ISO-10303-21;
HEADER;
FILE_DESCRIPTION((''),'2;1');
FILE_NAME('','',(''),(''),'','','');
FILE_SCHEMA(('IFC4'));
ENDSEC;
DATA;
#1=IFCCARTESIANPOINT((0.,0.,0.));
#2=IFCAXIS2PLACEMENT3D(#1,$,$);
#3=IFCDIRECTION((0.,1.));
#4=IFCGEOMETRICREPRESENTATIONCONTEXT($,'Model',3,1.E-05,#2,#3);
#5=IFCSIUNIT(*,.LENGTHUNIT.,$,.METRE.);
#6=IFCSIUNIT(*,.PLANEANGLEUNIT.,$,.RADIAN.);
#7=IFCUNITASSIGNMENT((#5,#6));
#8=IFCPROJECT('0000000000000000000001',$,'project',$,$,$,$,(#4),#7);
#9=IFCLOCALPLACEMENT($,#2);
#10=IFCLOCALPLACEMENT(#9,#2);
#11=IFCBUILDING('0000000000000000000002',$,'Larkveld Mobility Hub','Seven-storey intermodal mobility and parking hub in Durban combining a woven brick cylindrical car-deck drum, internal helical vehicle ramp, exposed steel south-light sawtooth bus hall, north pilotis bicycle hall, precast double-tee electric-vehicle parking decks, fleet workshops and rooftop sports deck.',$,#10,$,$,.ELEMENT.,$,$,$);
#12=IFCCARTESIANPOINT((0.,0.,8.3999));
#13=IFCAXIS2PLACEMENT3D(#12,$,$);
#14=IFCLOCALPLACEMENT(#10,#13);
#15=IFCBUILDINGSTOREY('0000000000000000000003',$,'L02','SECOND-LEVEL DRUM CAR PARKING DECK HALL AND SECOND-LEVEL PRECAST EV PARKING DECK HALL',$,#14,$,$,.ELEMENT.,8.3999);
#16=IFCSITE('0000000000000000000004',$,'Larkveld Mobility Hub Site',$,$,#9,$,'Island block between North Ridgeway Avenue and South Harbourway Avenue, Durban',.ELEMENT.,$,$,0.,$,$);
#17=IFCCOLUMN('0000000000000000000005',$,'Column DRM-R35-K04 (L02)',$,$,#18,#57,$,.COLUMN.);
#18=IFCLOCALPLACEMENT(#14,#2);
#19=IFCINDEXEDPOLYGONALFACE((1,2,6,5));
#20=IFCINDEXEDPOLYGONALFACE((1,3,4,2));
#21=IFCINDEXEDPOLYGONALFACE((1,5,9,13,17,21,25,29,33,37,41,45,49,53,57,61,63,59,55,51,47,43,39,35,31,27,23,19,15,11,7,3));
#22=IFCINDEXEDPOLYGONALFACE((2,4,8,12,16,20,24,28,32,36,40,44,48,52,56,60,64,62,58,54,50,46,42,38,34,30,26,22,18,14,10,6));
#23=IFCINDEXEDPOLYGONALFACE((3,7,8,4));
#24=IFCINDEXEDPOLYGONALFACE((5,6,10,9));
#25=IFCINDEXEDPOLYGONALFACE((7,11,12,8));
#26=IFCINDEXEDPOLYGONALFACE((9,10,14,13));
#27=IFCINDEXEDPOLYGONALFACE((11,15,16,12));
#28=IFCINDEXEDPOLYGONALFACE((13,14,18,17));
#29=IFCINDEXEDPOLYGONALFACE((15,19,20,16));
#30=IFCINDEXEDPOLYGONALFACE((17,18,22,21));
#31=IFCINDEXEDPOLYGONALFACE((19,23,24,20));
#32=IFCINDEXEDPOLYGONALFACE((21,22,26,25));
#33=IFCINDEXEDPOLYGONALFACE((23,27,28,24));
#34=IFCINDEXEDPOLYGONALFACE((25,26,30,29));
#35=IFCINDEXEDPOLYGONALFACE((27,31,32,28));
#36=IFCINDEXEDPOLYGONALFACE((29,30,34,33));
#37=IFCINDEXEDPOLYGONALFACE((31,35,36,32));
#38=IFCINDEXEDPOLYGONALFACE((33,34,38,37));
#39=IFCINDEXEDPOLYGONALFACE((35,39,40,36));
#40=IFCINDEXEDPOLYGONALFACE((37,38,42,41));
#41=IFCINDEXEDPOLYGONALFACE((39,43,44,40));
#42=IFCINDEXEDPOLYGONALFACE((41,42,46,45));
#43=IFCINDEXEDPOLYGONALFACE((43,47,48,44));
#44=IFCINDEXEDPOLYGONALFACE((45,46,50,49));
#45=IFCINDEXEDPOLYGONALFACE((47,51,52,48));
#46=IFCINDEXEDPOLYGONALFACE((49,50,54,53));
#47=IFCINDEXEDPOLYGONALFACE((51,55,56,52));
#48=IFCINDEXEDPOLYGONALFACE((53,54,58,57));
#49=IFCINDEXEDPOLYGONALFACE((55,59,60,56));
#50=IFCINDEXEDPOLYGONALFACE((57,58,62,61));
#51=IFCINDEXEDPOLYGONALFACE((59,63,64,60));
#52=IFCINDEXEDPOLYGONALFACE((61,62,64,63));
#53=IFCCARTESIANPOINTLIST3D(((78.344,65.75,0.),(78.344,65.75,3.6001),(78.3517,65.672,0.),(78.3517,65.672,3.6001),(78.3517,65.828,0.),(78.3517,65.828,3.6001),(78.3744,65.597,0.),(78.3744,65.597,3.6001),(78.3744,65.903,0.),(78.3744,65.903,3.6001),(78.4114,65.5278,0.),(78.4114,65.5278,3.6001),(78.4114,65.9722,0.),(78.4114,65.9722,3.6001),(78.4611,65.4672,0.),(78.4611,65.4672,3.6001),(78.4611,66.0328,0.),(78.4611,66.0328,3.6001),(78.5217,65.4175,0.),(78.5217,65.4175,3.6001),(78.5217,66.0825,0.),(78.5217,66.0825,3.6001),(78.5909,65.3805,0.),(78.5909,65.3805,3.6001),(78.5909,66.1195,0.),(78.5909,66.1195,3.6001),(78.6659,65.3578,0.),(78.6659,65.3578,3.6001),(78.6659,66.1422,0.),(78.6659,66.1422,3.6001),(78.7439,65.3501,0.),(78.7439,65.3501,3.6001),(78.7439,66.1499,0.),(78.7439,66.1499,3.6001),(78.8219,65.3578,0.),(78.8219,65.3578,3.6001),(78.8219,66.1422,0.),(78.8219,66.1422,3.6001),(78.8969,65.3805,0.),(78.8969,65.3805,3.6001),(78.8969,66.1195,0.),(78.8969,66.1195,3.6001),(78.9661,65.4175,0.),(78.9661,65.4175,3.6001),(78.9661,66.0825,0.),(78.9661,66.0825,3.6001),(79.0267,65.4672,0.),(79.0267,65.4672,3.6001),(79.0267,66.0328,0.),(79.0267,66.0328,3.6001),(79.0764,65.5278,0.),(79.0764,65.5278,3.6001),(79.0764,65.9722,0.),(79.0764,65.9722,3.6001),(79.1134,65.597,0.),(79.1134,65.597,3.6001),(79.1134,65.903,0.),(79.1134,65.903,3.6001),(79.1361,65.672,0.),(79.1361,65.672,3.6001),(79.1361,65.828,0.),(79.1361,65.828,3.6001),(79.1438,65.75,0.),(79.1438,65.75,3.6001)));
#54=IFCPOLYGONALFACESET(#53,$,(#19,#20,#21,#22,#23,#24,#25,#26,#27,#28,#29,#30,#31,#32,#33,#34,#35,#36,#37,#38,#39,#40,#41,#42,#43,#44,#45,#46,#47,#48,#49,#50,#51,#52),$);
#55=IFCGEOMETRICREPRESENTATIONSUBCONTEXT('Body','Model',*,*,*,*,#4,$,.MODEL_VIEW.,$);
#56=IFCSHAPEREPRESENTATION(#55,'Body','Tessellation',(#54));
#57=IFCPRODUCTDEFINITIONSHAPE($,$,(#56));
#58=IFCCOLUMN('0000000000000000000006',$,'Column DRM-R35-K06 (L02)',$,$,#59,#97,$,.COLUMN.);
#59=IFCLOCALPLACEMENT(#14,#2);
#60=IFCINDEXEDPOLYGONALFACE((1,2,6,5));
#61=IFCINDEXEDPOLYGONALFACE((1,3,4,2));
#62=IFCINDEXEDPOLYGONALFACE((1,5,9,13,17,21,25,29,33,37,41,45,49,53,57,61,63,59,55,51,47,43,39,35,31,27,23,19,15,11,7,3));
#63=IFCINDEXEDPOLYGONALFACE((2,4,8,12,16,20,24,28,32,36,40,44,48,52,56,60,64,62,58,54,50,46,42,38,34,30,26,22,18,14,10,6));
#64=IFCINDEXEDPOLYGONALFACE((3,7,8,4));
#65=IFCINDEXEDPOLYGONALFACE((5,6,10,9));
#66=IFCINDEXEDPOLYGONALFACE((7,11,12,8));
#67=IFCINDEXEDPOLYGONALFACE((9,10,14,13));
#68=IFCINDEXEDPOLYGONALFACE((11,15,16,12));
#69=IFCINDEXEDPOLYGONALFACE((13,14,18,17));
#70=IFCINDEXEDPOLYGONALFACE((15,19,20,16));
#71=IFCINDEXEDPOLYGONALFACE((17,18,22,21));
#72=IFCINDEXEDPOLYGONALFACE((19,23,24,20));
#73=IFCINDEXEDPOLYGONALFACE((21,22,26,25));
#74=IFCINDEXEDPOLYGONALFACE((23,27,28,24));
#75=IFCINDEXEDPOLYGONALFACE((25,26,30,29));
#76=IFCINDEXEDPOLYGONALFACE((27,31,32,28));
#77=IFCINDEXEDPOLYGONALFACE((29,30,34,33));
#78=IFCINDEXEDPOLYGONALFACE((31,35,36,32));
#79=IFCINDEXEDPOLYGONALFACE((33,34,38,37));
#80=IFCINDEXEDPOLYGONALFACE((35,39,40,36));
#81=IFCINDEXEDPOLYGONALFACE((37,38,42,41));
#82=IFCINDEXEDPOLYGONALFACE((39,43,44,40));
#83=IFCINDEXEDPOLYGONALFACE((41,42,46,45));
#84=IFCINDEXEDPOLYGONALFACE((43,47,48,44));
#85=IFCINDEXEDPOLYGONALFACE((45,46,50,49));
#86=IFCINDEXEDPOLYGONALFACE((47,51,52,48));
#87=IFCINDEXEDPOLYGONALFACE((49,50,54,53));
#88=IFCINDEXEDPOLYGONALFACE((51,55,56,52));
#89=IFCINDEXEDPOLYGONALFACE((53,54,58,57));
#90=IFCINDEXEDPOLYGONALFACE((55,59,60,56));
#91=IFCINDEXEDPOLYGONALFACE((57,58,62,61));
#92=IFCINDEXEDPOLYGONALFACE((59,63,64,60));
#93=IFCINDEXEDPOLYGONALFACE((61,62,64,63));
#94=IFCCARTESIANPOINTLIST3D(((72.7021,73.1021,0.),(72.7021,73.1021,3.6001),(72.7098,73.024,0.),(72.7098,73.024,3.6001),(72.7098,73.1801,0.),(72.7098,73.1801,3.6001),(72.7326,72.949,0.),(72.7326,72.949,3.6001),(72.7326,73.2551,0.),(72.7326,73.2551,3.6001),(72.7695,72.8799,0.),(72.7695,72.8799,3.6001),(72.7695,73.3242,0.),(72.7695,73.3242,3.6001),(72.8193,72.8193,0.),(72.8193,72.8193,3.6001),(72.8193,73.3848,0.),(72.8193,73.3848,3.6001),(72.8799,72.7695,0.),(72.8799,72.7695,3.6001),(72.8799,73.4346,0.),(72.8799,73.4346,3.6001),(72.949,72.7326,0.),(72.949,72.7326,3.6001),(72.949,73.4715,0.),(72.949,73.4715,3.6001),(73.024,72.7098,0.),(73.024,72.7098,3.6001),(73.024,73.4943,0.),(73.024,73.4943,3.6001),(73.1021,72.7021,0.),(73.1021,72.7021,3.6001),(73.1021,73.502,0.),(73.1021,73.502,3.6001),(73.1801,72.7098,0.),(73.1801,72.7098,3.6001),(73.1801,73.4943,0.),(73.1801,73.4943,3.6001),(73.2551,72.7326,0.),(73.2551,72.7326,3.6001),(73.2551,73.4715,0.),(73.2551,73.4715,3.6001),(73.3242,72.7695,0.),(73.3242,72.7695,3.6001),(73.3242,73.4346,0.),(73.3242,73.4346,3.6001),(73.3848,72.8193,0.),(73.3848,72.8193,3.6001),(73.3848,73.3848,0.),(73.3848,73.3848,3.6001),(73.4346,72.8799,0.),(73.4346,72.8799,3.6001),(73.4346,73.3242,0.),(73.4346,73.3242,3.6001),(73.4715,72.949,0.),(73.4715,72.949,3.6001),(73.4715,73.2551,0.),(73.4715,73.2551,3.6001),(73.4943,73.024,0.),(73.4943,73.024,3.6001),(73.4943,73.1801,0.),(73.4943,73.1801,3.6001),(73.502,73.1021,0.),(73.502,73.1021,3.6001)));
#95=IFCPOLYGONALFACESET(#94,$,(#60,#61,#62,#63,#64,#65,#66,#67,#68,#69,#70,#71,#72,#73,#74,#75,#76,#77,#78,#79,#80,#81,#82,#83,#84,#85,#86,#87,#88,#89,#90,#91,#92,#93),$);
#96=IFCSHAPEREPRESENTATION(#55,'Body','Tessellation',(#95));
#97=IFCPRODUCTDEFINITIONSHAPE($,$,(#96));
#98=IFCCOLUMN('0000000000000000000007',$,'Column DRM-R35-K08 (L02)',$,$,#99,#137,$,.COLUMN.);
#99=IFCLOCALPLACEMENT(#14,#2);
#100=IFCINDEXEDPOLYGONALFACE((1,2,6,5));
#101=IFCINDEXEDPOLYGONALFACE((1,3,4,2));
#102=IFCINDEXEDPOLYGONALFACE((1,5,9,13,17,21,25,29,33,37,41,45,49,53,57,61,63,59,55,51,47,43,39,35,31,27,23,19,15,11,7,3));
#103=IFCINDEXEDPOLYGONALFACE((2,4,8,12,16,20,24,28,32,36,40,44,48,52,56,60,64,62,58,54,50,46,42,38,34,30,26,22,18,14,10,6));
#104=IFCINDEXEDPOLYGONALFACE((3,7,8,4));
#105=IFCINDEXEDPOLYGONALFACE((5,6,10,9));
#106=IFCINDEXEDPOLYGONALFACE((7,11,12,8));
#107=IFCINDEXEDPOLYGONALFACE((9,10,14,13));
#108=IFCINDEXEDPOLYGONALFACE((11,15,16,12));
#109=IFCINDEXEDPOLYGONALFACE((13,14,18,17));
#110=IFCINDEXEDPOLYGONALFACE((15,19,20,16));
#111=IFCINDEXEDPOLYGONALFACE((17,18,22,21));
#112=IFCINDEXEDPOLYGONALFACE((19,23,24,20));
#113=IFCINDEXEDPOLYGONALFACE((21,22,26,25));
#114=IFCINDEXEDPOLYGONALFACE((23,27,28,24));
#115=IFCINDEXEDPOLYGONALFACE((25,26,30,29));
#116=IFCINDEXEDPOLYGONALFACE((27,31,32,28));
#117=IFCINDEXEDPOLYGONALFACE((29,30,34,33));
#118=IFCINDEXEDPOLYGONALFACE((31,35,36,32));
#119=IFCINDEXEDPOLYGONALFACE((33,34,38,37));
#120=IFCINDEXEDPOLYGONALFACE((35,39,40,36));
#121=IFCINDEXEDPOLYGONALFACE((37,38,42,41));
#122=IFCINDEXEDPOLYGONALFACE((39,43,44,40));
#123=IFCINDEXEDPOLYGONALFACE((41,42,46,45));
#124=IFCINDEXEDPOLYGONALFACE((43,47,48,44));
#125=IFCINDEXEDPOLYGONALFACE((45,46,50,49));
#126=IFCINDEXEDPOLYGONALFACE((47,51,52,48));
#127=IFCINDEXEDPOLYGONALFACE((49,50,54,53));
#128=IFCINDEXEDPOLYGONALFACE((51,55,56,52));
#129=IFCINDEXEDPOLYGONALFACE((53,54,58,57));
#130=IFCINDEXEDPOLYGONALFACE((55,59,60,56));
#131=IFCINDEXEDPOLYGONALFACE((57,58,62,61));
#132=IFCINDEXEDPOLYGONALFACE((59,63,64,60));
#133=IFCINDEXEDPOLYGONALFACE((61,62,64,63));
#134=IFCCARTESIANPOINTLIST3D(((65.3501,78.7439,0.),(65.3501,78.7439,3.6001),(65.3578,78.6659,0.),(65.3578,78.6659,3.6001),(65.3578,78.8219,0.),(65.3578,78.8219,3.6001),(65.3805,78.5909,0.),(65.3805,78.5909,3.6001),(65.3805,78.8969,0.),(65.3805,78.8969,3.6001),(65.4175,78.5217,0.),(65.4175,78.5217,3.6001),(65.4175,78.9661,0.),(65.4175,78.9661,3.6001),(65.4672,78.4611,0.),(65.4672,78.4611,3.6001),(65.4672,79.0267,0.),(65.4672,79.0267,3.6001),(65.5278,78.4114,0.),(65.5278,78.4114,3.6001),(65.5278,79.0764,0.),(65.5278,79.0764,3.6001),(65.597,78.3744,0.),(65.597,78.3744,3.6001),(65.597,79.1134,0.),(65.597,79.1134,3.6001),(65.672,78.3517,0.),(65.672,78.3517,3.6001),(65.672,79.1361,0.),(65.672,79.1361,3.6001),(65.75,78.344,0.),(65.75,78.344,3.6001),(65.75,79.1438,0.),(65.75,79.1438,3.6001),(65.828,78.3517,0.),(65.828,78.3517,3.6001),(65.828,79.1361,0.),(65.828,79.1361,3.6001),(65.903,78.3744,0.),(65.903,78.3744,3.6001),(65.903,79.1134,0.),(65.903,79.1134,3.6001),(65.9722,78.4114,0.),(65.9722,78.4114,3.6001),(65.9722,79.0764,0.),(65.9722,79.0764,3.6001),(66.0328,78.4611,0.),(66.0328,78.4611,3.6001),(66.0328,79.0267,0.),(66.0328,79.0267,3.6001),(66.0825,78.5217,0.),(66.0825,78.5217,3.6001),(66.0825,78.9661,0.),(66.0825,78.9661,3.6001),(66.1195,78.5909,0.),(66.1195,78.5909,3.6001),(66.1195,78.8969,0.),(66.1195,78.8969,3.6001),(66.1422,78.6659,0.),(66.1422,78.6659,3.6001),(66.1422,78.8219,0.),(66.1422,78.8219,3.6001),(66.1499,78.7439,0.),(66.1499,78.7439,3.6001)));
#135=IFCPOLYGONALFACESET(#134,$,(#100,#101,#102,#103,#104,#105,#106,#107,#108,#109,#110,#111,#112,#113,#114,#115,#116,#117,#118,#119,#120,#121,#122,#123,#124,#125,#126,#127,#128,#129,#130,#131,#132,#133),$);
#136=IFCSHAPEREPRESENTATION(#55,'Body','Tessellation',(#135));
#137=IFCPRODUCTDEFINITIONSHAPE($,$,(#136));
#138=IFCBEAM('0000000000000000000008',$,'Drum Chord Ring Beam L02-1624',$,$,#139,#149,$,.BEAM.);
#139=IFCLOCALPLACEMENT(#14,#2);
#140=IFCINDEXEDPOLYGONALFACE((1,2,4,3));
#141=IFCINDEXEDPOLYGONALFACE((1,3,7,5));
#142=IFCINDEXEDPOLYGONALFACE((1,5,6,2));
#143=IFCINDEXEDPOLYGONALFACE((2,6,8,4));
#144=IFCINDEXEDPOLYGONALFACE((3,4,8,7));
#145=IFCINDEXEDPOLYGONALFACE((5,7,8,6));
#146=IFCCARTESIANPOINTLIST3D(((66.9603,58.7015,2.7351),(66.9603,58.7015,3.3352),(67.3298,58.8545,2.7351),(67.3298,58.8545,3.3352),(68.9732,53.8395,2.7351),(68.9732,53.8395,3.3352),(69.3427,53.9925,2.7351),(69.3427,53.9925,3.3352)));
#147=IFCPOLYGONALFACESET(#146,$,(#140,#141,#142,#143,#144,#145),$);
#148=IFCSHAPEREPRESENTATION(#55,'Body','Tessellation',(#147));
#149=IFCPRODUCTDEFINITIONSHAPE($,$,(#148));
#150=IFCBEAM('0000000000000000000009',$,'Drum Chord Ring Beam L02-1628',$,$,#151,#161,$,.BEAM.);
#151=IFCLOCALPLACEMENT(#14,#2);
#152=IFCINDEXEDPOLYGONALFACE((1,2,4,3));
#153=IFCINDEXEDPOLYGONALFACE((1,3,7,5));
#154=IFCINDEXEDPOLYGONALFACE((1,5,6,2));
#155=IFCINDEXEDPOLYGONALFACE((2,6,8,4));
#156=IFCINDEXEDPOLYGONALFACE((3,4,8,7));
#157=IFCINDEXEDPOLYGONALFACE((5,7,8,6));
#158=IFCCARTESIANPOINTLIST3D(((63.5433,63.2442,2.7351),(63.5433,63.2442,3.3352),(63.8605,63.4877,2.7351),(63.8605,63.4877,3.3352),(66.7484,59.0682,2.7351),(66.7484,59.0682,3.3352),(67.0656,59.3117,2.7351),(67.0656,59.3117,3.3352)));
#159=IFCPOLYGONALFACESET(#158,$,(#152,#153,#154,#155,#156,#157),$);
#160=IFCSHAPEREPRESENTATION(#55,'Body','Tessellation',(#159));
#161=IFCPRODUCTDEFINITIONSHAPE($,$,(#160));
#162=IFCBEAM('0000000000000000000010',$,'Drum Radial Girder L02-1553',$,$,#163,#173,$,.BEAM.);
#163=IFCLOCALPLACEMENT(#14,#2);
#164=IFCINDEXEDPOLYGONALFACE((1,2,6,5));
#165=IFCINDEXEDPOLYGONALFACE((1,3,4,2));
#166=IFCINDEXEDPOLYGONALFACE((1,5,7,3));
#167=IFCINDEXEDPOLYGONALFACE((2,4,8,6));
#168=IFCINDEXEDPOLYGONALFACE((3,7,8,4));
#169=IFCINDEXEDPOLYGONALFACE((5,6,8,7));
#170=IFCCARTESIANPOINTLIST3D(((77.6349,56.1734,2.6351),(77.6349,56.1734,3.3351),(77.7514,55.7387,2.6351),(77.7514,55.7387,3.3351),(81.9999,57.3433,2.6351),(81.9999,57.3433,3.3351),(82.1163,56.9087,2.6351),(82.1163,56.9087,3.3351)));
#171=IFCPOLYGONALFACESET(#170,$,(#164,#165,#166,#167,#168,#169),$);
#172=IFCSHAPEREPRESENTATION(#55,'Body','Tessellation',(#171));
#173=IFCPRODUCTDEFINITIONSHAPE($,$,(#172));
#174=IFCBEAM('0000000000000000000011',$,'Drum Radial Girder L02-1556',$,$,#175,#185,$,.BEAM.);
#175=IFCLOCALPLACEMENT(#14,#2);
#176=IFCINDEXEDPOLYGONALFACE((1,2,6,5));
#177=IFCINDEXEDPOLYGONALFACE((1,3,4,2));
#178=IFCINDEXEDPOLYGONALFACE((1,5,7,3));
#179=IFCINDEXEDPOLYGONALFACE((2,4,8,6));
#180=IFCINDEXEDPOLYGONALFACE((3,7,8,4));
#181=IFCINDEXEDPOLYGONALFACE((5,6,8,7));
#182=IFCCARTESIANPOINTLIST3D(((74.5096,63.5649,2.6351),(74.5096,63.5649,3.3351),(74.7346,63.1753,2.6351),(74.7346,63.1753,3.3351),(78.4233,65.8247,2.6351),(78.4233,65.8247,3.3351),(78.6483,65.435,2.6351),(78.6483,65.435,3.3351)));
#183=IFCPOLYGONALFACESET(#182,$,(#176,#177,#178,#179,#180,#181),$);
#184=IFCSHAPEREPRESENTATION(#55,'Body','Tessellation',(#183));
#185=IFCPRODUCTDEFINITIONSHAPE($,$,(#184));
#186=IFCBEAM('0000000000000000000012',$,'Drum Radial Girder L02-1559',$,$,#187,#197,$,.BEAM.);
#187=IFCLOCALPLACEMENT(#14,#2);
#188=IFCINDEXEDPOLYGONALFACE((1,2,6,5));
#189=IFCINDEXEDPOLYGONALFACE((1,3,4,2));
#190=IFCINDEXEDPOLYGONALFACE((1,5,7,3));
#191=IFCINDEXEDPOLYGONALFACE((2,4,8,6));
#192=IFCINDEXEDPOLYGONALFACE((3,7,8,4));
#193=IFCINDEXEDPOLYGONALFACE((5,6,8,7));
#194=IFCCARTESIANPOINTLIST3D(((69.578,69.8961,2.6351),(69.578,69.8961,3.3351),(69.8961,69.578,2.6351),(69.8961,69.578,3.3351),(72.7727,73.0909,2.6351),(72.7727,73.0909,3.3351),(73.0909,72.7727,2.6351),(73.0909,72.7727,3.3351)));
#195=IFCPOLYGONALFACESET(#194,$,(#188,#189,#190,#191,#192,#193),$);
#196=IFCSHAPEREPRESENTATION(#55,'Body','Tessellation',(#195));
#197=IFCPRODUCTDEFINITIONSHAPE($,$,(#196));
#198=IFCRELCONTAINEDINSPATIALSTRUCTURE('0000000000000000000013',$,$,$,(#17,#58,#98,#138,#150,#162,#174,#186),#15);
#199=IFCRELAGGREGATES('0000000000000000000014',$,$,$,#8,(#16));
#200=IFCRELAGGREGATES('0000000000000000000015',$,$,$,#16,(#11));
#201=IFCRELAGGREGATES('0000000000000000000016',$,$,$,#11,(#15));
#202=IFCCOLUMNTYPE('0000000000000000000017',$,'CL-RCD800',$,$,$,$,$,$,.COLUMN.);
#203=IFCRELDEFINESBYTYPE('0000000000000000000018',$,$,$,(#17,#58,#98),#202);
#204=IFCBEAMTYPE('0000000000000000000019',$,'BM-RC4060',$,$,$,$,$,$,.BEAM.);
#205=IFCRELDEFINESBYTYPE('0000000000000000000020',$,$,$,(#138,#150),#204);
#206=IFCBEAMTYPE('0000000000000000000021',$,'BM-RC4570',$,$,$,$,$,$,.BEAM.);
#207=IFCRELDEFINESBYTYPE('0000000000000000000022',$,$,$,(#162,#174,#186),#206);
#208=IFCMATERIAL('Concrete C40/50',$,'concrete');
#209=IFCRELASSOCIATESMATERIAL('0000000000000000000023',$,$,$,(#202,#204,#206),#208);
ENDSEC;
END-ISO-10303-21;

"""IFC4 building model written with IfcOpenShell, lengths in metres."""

from ifc_helpers import new_model, si_unit, direction, frame, origin, origin_2d, place, context, subcontext, project, spatial, rectangle, circle, extrude, material, material_profile, profile_set, type_object, element, save


model = new_model("IFC4")

# Units and contexts
model_context = context("Model", 3, precision=1e-05, world=origin(), true_north=direction((0.0, 1.0)))
body_context = subcontext(model_context, "Body", "Model", "MODEL_VIEW")
ifc_project = project(units=[si_unit("LENGTHUNIT", "METRE"), si_unit("PLANEANGLEUNIT", "RADIAN")], contexts=[model_context])

# Site, building, storey
site_placement = place(None, origin())
site = spatial("IfcSite", under=ifc_project, at=site_placement, Name="Larkveld Mobility Hub Site", LongName="Island block between North Ridgeway Avenue and South Harbourway Avenue, Durban", CompositionType="ELEMENT", RefElevation=0.0)
building_placement = place(site_placement, origin())
building = spatial("IfcBuilding", under=site, at=building_placement, Name="Larkveld Mobility Hub", Description="Seven-storey intermodal mobility and parking hub in Durban combining a woven brick cylindrical car-deck drum, internal helical vehicle ramp, exposed steel south-light sawtooth bus hall, north pilotis bicycle hall, precast double-tee electric-vehicle parking decks, fleet workshops and rooftop sports deck.", CompositionType="ELEMENT")
storey_placement = place(building_placement, frame((0.0, 0.0, 8.3999)))
storey = spatial("IfcBuildingStorey", under=building, at=storey_placement, Name="L02", Description="SECOND-LEVEL DRUM CAR PARKING DECK HALL AND SECOND-LEVEL PRECAST EV PARKING DECK HALL", CompositionType="ELEMENT", Elevation=8.3999)

# Columns
ifc_material_1 = material(Name="Concrete C40/50", Category="concrete")
ifc_material_profile_1 = material_profile(ifc_material_1, circle(Radius=0.3999, at=origin_2d()), Name="RC COL D800")
ifc_profile_set_1 = profile_set([ifc_material_profile_1], Name="Concrete C40/50")
column_type_1 = type_object("IfcColumnType", Name="CL-RCD800", PredefinedType="COLUMN", material=ifc_profile_set_1)
for number, where, z_axis, x_axis, name in (
    (1, (78.7439, 65.75, 0.0), (0.0, 0.0, 1.0), (1.0, 0.0, 0.0), "Column DRM-R35-K04 (L02)"),
    (2, (73.1021, 73.1021, 0.0), (0.0, 0.0, 1.0), (1.0, 0.0, 0.0), "Column DRM-R35-K06 (L02)"),
    (3, (65.75, 78.7439, 0.0), (0.0, 0.0, 1.0), (1.0, 0.0, 0.0), "Column DRM-R35-K08 (L02)"),
):
    element("IfcColumn", number, at=place(storey_placement, frame(where, z_axis=z_axis, x_axis=x_axis)), inside=storey, type_object=column_type_1, Name=name, PredefinedType="COLUMN", context=body_context, shape_type="SweptSolid", body=[
        extrude(circle(Radius=0.3999, at=origin_2d()), origin(), (0.0, 0.0, 1.0), 3.6001),
    ])

# Beams
ifc_material_profile_2 = material_profile(ifc_material_1, rectangle(XDim=0.3999, YDim=0.6001, at=origin_2d()), Name="RC BM 400x600")
ifc_profile_set_2 = profile_set([ifc_material_profile_2], Name="Concrete C40/50")
beam_type_1 = type_object("IfcBeamType", Name="BM-RC4060", PredefinedType="BEAM", material=ifc_profile_set_2)
beam_1_placement = place(storey_placement, frame((69.158, 53.916, 3.0352), z_axis=(-0.382523, 0.923946, 0.0), x_axis=(-0.923946, -0.382523, 0.0)))
element("IfcBeam", 4, at=beam_1_placement, inside=storey, type_object=beam_type_1, Name="Drum Chord Ring Beam L02-1624", PredefinedType="BEAM", context=body_context, shape_type="SweptSolid", body=[
    extrude(rectangle(XDim=0.3999, YDim=0.6001, at=origin_2d()), origin(), (0.0, 0.0, 1.0), 5.2622),
])
beam_2_placement = place(storey_placement, frame((66.907, 59.1899, 3.0352), z_axis=(-0.608845, 0.793289, 0.0), x_axis=(-0.793289, -0.608845, 0.0)))
element("IfcBeam", 5, at=beam_2_placement, inside=storey, type_object=beam_type_1, Name="Drum Chord Ring Beam L02-1628", PredefinedType="BEAM", context=body_context, shape_type="SweptSolid", body=[
    extrude(rectangle(XDim=0.3999, YDim=0.6001, at=origin_2d()), origin(), (0.0, 0.0, 1.0), 5.2642),
])
ifc_material_profile_3 = material_profile(ifc_material_1, rectangle(XDim=0.45, YDim=0.7, at=origin_2d()), Name="RC BM 450x700")
ifc_profile_set_3 = profile_set([ifc_material_profile_3], Name="Concrete C40/50")
beam_type_2 = type_object("IfcBeamType", Name="BM-RC4570", PredefinedType="BEAM", material=ifc_profile_set_3)
beam_3_placement = place(storey_placement, frame((77.6931, 55.9561, 2.9851), z_axis=(0.965908, 0.258886, 0.0), x_axis=(-0.258886, 0.965908, 0.0)))
element("IfcBeam", 6, at=beam_3_placement, inside=storey, type_object=beam_type_2, Name="Drum Radial Girder L02-1553", PredefinedType="BEAM", context=body_context, shape_type="SweptSolid", body=[
    extrude(rectangle(XDim=0.45, YDim=0.7, at=origin_2d()), origin(), (0.0, 0.0, 1.0), 4.519),
])
beam_4_placement = place(storey_placement, frame((74.6221, 63.3701, 2.9851), z_axis=(0.866014, 0.50002, 0.0), x_axis=(-0.50002, 0.866014, 0.0)))
element("IfcBeam", 7, at=beam_4_placement, inside=storey, type_object=beam_type_2, Name="Drum Radial Girder L02-1556", PredefinedType="BEAM", context=body_context, shape_type="SweptSolid", body=[
    extrude(rectangle(XDim=0.45, YDim=0.7, at=origin_2d()), origin(), (0.0, 0.0, 1.0), 4.5193),
])
beam_5_placement = place(storey_placement, frame((69.7371, 69.7371, 2.9851), z_axis=(0.707107, 0.707107, 0.0), x_axis=(-0.707107, 0.707107, 0.0)))
element("IfcBeam", 8, at=beam_5_placement, inside=storey, type_object=beam_type_2, Name="Drum Radial Girder L02-1559", PredefinedType="BEAM", context=body_context, shape_type="SweptSolid", body=[
    extrude(rectangle(XDim=0.45, YDim=0.7, at=origin_2d()), origin(), (0.0, 0.0, 1.0), 4.5181),
])

save(model, "model.ifc")
